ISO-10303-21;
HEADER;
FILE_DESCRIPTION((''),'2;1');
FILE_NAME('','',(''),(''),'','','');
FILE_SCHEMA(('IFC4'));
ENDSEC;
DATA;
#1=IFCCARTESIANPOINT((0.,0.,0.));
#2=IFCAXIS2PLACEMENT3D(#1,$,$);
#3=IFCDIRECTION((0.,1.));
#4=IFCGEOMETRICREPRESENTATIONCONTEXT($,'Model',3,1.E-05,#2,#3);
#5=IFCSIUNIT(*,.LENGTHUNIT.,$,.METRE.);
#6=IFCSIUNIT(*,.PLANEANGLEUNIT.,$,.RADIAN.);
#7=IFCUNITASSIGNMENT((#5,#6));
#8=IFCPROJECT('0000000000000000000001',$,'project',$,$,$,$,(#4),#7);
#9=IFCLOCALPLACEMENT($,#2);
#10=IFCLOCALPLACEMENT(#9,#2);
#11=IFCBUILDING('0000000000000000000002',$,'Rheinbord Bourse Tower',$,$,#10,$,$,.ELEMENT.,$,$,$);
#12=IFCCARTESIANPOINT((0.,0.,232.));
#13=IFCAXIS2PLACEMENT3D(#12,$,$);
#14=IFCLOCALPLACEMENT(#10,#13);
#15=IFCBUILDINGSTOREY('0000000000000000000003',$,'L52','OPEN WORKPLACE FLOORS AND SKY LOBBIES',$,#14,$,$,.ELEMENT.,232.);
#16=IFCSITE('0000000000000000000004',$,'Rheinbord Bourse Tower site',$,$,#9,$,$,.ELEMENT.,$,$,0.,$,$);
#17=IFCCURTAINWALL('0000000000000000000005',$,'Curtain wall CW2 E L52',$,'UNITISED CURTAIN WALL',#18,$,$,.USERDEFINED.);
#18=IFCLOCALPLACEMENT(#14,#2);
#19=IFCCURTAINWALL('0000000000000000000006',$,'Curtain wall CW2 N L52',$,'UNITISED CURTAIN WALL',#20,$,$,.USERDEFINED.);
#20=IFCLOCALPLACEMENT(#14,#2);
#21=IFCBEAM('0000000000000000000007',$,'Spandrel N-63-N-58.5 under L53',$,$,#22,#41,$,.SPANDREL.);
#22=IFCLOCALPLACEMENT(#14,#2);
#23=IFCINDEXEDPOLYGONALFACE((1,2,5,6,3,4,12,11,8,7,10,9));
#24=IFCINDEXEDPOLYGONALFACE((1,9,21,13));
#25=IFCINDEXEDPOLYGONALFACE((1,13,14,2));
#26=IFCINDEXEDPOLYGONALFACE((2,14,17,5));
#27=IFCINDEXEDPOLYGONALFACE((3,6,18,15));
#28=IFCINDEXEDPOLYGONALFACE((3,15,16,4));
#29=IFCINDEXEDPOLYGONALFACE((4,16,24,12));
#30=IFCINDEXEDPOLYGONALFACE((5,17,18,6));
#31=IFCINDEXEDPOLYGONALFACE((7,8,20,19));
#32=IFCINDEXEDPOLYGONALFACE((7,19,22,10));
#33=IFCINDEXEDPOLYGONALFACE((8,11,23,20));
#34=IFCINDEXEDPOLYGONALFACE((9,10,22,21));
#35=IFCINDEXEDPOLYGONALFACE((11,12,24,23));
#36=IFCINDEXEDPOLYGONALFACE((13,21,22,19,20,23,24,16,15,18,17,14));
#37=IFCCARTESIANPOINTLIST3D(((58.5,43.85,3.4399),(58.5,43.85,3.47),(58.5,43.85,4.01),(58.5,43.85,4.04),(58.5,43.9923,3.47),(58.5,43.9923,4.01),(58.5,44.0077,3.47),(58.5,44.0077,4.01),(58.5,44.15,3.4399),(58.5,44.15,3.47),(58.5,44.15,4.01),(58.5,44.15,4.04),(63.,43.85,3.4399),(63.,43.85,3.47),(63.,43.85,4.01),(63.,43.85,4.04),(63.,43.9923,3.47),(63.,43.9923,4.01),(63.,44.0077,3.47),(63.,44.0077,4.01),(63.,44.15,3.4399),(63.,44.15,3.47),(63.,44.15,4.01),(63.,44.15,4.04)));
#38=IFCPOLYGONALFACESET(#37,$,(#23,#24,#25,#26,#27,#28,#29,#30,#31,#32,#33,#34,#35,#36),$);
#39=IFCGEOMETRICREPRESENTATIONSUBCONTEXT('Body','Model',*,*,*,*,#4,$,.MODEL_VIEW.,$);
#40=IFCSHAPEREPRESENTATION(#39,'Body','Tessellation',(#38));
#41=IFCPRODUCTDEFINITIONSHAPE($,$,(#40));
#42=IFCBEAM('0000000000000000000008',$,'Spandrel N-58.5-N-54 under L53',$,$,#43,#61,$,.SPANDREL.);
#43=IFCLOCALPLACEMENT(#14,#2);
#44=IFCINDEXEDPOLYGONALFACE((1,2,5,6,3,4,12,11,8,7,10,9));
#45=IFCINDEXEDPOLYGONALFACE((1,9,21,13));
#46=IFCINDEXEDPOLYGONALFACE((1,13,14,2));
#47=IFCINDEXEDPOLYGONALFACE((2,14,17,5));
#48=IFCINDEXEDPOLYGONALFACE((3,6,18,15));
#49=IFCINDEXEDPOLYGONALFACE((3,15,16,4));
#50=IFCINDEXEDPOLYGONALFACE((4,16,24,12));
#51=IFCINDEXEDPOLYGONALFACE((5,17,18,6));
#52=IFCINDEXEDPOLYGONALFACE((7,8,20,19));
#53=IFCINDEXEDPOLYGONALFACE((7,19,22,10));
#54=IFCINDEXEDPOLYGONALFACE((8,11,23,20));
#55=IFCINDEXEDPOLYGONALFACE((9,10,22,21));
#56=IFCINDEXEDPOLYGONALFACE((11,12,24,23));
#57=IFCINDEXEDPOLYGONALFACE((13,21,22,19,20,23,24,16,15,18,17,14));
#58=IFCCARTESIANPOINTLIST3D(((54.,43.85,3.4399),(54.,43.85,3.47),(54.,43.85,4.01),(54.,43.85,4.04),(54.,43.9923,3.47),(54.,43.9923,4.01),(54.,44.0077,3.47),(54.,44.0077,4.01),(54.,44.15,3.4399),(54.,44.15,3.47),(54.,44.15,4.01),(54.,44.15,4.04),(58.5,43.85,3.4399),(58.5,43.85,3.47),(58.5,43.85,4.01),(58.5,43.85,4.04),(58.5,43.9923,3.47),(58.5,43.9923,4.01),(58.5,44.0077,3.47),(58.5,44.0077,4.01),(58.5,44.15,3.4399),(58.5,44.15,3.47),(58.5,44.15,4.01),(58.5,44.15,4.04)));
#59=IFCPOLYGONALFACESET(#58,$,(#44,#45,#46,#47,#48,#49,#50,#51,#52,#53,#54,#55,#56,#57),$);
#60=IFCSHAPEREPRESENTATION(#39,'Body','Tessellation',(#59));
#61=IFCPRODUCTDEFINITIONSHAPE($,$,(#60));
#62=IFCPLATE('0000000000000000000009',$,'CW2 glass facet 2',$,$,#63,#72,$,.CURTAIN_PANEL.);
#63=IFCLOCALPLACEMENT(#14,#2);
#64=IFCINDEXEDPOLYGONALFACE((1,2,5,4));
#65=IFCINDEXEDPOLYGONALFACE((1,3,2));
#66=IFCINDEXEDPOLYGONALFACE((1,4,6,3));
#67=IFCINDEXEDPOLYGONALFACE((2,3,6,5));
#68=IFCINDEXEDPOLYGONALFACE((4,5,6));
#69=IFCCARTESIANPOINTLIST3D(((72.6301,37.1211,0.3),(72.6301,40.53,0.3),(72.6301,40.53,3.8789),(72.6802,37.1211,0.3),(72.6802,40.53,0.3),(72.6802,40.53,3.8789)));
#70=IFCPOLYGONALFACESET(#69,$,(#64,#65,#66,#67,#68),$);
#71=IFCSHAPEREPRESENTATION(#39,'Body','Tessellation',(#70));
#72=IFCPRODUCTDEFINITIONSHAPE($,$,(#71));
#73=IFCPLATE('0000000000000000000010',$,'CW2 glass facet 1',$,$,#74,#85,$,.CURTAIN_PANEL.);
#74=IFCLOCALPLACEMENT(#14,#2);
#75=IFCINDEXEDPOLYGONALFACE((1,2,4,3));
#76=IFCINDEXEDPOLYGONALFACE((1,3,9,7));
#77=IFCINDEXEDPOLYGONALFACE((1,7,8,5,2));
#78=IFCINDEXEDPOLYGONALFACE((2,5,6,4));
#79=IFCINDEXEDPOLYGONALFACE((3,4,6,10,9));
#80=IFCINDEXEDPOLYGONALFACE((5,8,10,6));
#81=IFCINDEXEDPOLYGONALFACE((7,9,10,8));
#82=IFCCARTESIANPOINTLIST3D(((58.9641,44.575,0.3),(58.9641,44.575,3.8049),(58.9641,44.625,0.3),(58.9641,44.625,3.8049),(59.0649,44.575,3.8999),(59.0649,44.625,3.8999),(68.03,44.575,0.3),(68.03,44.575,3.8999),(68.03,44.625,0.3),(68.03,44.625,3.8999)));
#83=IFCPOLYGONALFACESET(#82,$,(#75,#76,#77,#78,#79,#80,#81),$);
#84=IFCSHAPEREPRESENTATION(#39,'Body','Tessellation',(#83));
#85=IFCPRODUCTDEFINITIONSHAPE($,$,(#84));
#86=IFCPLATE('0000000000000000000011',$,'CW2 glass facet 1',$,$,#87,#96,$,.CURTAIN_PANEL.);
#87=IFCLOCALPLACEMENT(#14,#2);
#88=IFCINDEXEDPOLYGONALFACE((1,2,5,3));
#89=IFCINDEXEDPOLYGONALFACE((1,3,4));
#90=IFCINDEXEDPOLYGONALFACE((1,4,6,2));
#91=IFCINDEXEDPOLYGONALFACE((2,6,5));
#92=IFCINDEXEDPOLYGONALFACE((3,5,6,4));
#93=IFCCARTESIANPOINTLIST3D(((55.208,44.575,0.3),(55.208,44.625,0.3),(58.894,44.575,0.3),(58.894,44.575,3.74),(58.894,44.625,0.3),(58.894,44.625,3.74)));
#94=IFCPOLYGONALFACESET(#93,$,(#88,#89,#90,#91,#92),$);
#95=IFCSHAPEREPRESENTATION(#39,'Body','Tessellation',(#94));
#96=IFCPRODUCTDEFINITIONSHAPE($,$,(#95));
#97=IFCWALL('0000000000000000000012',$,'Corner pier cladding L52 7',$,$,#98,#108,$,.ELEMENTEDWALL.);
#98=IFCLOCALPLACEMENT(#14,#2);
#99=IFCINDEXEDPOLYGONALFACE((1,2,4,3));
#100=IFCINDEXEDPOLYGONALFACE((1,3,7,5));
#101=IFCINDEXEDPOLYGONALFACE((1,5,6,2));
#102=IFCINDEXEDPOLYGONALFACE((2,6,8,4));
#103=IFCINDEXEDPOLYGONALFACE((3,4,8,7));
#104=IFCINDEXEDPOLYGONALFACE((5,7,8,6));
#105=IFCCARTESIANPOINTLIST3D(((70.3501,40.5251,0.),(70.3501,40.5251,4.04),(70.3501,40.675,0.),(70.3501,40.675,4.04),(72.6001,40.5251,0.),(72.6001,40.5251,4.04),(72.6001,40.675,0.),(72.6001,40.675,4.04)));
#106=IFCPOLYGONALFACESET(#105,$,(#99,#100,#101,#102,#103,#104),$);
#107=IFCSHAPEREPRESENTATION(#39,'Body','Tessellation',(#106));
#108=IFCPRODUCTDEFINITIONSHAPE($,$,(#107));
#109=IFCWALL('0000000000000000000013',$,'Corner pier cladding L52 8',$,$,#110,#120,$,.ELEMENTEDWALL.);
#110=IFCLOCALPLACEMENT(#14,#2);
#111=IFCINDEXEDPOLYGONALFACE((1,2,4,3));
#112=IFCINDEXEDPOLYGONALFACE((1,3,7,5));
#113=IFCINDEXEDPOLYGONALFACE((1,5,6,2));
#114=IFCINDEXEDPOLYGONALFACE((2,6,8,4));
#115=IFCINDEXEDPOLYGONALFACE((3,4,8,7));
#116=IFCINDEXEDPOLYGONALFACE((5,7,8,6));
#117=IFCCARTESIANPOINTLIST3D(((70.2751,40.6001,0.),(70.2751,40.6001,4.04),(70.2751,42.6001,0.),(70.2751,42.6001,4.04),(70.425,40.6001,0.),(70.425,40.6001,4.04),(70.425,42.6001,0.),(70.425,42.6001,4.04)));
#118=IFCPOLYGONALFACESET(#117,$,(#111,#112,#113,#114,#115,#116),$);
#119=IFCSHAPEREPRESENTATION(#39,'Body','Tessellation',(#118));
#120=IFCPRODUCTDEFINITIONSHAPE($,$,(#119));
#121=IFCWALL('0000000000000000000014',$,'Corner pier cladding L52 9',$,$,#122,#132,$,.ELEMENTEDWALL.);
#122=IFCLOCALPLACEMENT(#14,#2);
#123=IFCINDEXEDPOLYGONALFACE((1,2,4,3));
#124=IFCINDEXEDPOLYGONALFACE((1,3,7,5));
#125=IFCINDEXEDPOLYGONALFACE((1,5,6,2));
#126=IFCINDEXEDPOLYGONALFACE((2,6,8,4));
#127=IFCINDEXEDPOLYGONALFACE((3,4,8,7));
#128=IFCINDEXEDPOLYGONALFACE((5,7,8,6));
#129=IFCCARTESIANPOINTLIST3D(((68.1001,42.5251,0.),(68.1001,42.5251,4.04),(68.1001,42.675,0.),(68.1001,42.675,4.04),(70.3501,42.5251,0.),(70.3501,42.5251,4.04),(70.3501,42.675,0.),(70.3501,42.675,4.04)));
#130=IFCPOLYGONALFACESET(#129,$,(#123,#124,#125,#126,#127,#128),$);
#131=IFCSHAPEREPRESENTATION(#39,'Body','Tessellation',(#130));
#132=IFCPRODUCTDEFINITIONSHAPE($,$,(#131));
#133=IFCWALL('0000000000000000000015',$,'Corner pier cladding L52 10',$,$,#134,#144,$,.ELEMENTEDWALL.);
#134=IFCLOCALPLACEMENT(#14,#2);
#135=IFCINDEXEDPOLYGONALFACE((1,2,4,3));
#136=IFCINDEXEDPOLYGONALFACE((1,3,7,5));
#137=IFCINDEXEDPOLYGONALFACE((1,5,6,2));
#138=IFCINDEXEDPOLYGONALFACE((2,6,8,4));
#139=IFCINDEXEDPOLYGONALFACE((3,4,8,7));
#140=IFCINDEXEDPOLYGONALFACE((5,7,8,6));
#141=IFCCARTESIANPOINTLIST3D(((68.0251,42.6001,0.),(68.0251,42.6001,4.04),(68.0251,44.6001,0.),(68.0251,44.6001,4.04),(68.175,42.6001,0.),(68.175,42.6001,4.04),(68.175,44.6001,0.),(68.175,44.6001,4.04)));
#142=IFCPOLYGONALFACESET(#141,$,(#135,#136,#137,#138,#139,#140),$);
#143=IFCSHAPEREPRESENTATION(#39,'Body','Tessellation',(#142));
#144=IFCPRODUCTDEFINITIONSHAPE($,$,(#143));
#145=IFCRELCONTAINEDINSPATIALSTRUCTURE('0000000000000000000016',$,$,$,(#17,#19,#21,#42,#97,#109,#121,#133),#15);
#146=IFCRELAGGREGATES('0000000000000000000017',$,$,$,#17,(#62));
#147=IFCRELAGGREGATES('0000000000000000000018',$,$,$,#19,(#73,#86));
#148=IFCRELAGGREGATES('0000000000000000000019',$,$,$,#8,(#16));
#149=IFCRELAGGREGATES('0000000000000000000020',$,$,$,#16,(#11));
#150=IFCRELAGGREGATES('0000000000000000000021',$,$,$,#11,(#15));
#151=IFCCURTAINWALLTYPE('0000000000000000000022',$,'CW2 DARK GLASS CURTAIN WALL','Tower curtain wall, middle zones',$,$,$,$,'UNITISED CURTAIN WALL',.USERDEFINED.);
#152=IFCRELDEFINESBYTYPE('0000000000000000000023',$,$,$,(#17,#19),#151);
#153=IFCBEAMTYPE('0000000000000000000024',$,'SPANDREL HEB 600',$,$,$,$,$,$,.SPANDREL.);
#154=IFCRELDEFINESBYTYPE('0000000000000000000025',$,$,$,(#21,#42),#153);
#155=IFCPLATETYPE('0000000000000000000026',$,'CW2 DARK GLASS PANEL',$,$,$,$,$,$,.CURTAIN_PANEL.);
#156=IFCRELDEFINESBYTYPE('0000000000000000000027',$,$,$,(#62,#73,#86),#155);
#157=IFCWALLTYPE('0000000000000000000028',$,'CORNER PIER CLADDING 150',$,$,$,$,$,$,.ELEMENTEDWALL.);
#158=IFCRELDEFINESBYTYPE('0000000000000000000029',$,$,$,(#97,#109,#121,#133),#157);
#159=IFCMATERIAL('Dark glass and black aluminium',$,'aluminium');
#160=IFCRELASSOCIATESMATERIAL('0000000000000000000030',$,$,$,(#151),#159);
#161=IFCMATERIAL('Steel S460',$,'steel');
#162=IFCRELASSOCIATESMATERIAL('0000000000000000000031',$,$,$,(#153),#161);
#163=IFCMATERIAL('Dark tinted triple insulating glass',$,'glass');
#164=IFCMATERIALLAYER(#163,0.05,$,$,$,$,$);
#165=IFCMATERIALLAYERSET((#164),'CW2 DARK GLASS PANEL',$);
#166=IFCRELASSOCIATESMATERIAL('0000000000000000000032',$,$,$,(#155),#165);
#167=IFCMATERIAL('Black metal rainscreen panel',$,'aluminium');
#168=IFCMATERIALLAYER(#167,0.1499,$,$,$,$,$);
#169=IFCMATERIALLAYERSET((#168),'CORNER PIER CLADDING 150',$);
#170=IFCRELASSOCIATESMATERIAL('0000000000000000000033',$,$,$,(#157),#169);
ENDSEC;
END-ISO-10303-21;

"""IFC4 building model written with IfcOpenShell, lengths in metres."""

from ifc_helpers import new_model, si_unit, direction, frame, frame_2d, origin, origin_2d, place, context, subcontext, project, spatial, polyline, rectangle, i_section, outline, extrude, material, layer, layer_set, material_profile, profile_set, type_object, element, aggregate, save


model = new_model("IFC4")

# Units and contexts
model_context = context("Model", 3, precision=1e-05, world=origin(), true_north=direction((0.0, 1.0)))
body_context = subcontext(model_context, "Body", "Model", "MODEL_VIEW")
ifc_project = project(units=[si_unit("LENGTHUNIT", "METRE"), si_unit("PLANEANGLEUNIT", "RADIAN")], contexts=[model_context])

# Site, building, storey
site_placement = place(None, origin())
site = spatial("IfcSite", under=ifc_project, at=site_placement, Name="Rheinbord Bourse Tower site", CompositionType="ELEMENT", RefElevation=0.0)
building_placement = place(site_placement, origin())
building = spatial("IfcBuilding", under=site, at=building_placement, Name="Rheinbord Bourse Tower", CompositionType="ELEMENT")
storey_placement = place(building_placement, frame((0.0, 0.0, 232.0)))
storey = spatial("IfcBuildingStorey", under=building, at=storey_placement, Name="L52", Description="OPEN WORKPLACE FLOORS AND SKY LOBBIES", CompositionType="ELEMENT", Elevation=232.0)

# Curtain wall
ifc_material_1 = material(Name="Dark glass and black aluminium", Category="aluminium")
curtain_wall_type = type_object("IfcCurtainWallType", Name="CW2 DARK GLASS CURTAIN WALL", Description="Tower curtain wall, middle zones", ElementType="UNITISED CURTAIN WALL", PredefinedType="USERDEFINED", material=ifc_material_1)
curtain_wall_1_placement = place(storey_placement, origin())
curtain_wall_1 = element("IfcCurtainWall", 1, at=curtain_wall_1_placement, inside=storey, type_object=curtain_wall_type, Name="Curtain wall CW2 E L52", ObjectType="UNITISED CURTAIN WALL", PredefinedType="USERDEFINED")

# Curtain wall
curtain_wall_2_placement = place(storey_placement, origin())
curtain_wall_2 = element("IfcCurtainWall", 2, at=curtain_wall_2_placement, inside=storey, type_object=curtain_wall_type, Name="Curtain wall CW2 N L52", ObjectType="UNITISED CURTAIN WALL", PredefinedType="USERDEFINED")

# Beams
ifc_material_2 = material(Name="Steel S460", Category="steel")
ifc_material_profile_1 = material_profile(ifc_material_2, i_section(OverallWidth=0.3, OverallDepth=0.6001, WebThickness=0.0154, FlangeThickness=0.03, at=origin_2d()), Name="HEB 600")
ifc_profile_set_1 = profile_set([ifc_material_profile_1], Name="Steel S460")
beam_type_1 = type_object("IfcBeamType", Name="SPANDREL HEB 600", PredefinedType="SPANDREL", material=ifc_profile_set_1)
for number, where, z_axis, x_axis, name in (
    (3, (63.0, 44.0, 3.74), (-1.0, 0.0, 0.0), (0.0, -1.0, 0.0), "Spandrel N-63-N-58.5 under L53"),
    (4, (58.5, 44.0, 3.74), (-1.0, 0.0, 0.0), (0.0, -1.0, 0.0), "Spandrel N-58.5-N-54 under L53"),
):
    element("IfcBeam", number, at=place(storey_placement, frame(where, z_axis=z_axis, x_axis=x_axis)), inside=storey, type_object=beam_type_1, Name=name, PredefinedType="SPANDREL", context=body_context, shape_type="SweptSolid", body=[
        extrude(i_section(OverallWidth=0.3, OverallDepth=0.6001, WebThickness=0.0154, FlangeThickness=0.03, at=origin_2d()), origin(), (0.0, 0.0, 1.0), 4.5),
    ])

# Plates
ifc_material_3 = material(Name="Dark tinted triple insulating glass", Category="glass")
ifc_layer_1 = layer(ifc_material_3, 0.05)
ifc_layer_set_1 = layer_set([ifc_layer_1], Name="CW2 DARK GLASS PANEL")
plate_type = type_object("IfcPlateType", Name="CW2 DARK GLASS PANEL", PredefinedType="CURTAIN_PANEL", material=ifc_layer_set_1)
plate_1_placement = place(storey_placement, frame((72.6802, 40.53, 0.3), z_axis=(-1.0, 0.0, 0.0), x_axis=(0.0, -1.0, 0.0)))
plate_1 = element("IfcPlate", 5, at=plate_1_placement, type_object=plate_type, Name="CW2 glass facet 2", PredefinedType="CURTAIN_PANEL", context=body_context, shape_type="SweptSolid", body=[
    extrude(outline(polyline([(0.0, 0.0), (3.4089, 0.0), (0.0, 3.5789), (0.0, 0.0)])), origin(), (0.0, 0.0, 1.0), 0.05),
])
aggregate(curtain_wall_1, [plate_1])
plate_2_placement = place(storey_placement, frame((58.9641, 44.625, 0.3), z_axis=(0.0, -1.0, 0.0), x_axis=(1.0, 0.0, 0.0)))
plate_2 = element("IfcPlate", 6, at=plate_2_placement, type_object=plate_type, Name="CW2 glass facet 1", PredefinedType="CURTAIN_PANEL", context=body_context, shape_type="SweptSolid", body=[
    extrude(outline(polyline([(0.0, 0.0), (9.0659, 0.0), (9.0659, 3.5999), (0.1008, 3.5999), (0.0, 3.5049), (0.0, 0.0)])), origin(), (0.0, 0.0, 1.0), 0.05),
])
plate_3_placement = place(storey_placement, frame((58.894, 44.625, 0.3), z_axis=(0.0, -1.0, 0.0), x_axis=(0.0, 0.0, 1.0)))
plate_3 = element("IfcPlate", 7, at=plate_3_placement, type_object=plate_type, Name="CW2 glass facet 1", PredefinedType="CURTAIN_PANEL", context=body_context, shape_type="SweptSolid", body=[
    extrude(outline(polyline([(0.0, 0.0), (3.4399, 0.0), (0.0, 3.686), (0.0, 0.0)])), origin(), (0.0, 0.0, 1.0), 0.05),
])
aggregate(curtain_wall_2, [plate_2, plate_3])

# Walls
ifc_material_4 = material(Name="Black metal rainscreen panel", Category="aluminium")
ifc_layer_2 = layer(ifc_material_4, 0.1499)
ifc_layer_set_2 = layer_set([ifc_layer_2], Name="CORNER PIER CLADDING 150")
wall_type = type_object("IfcWallType", Name="CORNER PIER CLADDING 150", PredefinedType="ELEMENTEDWALL", material=ifc_layer_set_2)
wall_1_placement = place(storey_placement, frame((72.6001, 40.6001, 0.0), z_axis=(0.0, 0.0, 1.0), x_axis=(-1.0, 0.0, 0.0)))
element("IfcWall", 8, at=wall_1_placement, inside=storey, type_object=wall_type, Name="Corner pier cladding L52 7", PredefinedType="ELEMENTEDWALL", context=body_context, shape_type="SweptSolid", body=[
    extrude(rectangle(XDim=2.25, YDim=0.1499, at=frame_2d((1.125, 0.0))), origin(), (0.0, 0.0, 1.0), 4.04),
])
wall_2_placement = place(storey_placement, frame((70.3501, 40.6001, 0.0), z_axis=(0.0, 0.0, 1.0), x_axis=(0.0, 1.0, 0.0)))
element("IfcWall", 9, at=wall_2_placement, inside=storey, type_object=wall_type, Name="Corner pier cladding L52 8", PredefinedType="ELEMENTEDWALL", context=body_context, shape_type="SweptSolid", body=[
    extrude(rectangle(XDim=2.0, YDim=0.1499, at=frame_2d((1.0, 0.0))), origin(), (0.0, 0.0, 1.0), 4.04),
])
wall_3_placement = place(storey_placement, frame((70.3501, 42.6001, 0.0), z_axis=(0.0, 0.0, 1.0), x_axis=(-1.0, 0.0, 0.0)))
element("IfcWall", 10, at=wall_3_placement, inside=storey, type_object=wall_type, Name="Corner pier cladding L52 9", PredefinedType="ELEMENTEDWALL", context=body_context, shape_type="SweptSolid", body=[
    extrude(rectangle(XDim=2.25, YDim=0.1499, at=frame_2d((1.125, 0.0))), origin(), (0.0, 0.0, 1.0), 4.04),
])
wall_4_placement = place(storey_placement, frame((68.1001, 42.6001, 0.0), z_axis=(0.0, 0.0, 1.0), x_axis=(0.0, 1.0, 0.0)))
element("IfcWall", 11, at=wall_4_placement, inside=storey, type_object=wall_type, Name="Corner pier cladding L52 10", PredefinedType="ELEMENTEDWALL", context=body_context, shape_type="SweptSolid", body=[
    extrude(rectangle(XDim=2.0, YDim=0.1499, at=frame_2d((1.0, 0.0))), origin(), (0.0, 0.0, 1.0), 4.04),
])

save(model, "model.ifc")
